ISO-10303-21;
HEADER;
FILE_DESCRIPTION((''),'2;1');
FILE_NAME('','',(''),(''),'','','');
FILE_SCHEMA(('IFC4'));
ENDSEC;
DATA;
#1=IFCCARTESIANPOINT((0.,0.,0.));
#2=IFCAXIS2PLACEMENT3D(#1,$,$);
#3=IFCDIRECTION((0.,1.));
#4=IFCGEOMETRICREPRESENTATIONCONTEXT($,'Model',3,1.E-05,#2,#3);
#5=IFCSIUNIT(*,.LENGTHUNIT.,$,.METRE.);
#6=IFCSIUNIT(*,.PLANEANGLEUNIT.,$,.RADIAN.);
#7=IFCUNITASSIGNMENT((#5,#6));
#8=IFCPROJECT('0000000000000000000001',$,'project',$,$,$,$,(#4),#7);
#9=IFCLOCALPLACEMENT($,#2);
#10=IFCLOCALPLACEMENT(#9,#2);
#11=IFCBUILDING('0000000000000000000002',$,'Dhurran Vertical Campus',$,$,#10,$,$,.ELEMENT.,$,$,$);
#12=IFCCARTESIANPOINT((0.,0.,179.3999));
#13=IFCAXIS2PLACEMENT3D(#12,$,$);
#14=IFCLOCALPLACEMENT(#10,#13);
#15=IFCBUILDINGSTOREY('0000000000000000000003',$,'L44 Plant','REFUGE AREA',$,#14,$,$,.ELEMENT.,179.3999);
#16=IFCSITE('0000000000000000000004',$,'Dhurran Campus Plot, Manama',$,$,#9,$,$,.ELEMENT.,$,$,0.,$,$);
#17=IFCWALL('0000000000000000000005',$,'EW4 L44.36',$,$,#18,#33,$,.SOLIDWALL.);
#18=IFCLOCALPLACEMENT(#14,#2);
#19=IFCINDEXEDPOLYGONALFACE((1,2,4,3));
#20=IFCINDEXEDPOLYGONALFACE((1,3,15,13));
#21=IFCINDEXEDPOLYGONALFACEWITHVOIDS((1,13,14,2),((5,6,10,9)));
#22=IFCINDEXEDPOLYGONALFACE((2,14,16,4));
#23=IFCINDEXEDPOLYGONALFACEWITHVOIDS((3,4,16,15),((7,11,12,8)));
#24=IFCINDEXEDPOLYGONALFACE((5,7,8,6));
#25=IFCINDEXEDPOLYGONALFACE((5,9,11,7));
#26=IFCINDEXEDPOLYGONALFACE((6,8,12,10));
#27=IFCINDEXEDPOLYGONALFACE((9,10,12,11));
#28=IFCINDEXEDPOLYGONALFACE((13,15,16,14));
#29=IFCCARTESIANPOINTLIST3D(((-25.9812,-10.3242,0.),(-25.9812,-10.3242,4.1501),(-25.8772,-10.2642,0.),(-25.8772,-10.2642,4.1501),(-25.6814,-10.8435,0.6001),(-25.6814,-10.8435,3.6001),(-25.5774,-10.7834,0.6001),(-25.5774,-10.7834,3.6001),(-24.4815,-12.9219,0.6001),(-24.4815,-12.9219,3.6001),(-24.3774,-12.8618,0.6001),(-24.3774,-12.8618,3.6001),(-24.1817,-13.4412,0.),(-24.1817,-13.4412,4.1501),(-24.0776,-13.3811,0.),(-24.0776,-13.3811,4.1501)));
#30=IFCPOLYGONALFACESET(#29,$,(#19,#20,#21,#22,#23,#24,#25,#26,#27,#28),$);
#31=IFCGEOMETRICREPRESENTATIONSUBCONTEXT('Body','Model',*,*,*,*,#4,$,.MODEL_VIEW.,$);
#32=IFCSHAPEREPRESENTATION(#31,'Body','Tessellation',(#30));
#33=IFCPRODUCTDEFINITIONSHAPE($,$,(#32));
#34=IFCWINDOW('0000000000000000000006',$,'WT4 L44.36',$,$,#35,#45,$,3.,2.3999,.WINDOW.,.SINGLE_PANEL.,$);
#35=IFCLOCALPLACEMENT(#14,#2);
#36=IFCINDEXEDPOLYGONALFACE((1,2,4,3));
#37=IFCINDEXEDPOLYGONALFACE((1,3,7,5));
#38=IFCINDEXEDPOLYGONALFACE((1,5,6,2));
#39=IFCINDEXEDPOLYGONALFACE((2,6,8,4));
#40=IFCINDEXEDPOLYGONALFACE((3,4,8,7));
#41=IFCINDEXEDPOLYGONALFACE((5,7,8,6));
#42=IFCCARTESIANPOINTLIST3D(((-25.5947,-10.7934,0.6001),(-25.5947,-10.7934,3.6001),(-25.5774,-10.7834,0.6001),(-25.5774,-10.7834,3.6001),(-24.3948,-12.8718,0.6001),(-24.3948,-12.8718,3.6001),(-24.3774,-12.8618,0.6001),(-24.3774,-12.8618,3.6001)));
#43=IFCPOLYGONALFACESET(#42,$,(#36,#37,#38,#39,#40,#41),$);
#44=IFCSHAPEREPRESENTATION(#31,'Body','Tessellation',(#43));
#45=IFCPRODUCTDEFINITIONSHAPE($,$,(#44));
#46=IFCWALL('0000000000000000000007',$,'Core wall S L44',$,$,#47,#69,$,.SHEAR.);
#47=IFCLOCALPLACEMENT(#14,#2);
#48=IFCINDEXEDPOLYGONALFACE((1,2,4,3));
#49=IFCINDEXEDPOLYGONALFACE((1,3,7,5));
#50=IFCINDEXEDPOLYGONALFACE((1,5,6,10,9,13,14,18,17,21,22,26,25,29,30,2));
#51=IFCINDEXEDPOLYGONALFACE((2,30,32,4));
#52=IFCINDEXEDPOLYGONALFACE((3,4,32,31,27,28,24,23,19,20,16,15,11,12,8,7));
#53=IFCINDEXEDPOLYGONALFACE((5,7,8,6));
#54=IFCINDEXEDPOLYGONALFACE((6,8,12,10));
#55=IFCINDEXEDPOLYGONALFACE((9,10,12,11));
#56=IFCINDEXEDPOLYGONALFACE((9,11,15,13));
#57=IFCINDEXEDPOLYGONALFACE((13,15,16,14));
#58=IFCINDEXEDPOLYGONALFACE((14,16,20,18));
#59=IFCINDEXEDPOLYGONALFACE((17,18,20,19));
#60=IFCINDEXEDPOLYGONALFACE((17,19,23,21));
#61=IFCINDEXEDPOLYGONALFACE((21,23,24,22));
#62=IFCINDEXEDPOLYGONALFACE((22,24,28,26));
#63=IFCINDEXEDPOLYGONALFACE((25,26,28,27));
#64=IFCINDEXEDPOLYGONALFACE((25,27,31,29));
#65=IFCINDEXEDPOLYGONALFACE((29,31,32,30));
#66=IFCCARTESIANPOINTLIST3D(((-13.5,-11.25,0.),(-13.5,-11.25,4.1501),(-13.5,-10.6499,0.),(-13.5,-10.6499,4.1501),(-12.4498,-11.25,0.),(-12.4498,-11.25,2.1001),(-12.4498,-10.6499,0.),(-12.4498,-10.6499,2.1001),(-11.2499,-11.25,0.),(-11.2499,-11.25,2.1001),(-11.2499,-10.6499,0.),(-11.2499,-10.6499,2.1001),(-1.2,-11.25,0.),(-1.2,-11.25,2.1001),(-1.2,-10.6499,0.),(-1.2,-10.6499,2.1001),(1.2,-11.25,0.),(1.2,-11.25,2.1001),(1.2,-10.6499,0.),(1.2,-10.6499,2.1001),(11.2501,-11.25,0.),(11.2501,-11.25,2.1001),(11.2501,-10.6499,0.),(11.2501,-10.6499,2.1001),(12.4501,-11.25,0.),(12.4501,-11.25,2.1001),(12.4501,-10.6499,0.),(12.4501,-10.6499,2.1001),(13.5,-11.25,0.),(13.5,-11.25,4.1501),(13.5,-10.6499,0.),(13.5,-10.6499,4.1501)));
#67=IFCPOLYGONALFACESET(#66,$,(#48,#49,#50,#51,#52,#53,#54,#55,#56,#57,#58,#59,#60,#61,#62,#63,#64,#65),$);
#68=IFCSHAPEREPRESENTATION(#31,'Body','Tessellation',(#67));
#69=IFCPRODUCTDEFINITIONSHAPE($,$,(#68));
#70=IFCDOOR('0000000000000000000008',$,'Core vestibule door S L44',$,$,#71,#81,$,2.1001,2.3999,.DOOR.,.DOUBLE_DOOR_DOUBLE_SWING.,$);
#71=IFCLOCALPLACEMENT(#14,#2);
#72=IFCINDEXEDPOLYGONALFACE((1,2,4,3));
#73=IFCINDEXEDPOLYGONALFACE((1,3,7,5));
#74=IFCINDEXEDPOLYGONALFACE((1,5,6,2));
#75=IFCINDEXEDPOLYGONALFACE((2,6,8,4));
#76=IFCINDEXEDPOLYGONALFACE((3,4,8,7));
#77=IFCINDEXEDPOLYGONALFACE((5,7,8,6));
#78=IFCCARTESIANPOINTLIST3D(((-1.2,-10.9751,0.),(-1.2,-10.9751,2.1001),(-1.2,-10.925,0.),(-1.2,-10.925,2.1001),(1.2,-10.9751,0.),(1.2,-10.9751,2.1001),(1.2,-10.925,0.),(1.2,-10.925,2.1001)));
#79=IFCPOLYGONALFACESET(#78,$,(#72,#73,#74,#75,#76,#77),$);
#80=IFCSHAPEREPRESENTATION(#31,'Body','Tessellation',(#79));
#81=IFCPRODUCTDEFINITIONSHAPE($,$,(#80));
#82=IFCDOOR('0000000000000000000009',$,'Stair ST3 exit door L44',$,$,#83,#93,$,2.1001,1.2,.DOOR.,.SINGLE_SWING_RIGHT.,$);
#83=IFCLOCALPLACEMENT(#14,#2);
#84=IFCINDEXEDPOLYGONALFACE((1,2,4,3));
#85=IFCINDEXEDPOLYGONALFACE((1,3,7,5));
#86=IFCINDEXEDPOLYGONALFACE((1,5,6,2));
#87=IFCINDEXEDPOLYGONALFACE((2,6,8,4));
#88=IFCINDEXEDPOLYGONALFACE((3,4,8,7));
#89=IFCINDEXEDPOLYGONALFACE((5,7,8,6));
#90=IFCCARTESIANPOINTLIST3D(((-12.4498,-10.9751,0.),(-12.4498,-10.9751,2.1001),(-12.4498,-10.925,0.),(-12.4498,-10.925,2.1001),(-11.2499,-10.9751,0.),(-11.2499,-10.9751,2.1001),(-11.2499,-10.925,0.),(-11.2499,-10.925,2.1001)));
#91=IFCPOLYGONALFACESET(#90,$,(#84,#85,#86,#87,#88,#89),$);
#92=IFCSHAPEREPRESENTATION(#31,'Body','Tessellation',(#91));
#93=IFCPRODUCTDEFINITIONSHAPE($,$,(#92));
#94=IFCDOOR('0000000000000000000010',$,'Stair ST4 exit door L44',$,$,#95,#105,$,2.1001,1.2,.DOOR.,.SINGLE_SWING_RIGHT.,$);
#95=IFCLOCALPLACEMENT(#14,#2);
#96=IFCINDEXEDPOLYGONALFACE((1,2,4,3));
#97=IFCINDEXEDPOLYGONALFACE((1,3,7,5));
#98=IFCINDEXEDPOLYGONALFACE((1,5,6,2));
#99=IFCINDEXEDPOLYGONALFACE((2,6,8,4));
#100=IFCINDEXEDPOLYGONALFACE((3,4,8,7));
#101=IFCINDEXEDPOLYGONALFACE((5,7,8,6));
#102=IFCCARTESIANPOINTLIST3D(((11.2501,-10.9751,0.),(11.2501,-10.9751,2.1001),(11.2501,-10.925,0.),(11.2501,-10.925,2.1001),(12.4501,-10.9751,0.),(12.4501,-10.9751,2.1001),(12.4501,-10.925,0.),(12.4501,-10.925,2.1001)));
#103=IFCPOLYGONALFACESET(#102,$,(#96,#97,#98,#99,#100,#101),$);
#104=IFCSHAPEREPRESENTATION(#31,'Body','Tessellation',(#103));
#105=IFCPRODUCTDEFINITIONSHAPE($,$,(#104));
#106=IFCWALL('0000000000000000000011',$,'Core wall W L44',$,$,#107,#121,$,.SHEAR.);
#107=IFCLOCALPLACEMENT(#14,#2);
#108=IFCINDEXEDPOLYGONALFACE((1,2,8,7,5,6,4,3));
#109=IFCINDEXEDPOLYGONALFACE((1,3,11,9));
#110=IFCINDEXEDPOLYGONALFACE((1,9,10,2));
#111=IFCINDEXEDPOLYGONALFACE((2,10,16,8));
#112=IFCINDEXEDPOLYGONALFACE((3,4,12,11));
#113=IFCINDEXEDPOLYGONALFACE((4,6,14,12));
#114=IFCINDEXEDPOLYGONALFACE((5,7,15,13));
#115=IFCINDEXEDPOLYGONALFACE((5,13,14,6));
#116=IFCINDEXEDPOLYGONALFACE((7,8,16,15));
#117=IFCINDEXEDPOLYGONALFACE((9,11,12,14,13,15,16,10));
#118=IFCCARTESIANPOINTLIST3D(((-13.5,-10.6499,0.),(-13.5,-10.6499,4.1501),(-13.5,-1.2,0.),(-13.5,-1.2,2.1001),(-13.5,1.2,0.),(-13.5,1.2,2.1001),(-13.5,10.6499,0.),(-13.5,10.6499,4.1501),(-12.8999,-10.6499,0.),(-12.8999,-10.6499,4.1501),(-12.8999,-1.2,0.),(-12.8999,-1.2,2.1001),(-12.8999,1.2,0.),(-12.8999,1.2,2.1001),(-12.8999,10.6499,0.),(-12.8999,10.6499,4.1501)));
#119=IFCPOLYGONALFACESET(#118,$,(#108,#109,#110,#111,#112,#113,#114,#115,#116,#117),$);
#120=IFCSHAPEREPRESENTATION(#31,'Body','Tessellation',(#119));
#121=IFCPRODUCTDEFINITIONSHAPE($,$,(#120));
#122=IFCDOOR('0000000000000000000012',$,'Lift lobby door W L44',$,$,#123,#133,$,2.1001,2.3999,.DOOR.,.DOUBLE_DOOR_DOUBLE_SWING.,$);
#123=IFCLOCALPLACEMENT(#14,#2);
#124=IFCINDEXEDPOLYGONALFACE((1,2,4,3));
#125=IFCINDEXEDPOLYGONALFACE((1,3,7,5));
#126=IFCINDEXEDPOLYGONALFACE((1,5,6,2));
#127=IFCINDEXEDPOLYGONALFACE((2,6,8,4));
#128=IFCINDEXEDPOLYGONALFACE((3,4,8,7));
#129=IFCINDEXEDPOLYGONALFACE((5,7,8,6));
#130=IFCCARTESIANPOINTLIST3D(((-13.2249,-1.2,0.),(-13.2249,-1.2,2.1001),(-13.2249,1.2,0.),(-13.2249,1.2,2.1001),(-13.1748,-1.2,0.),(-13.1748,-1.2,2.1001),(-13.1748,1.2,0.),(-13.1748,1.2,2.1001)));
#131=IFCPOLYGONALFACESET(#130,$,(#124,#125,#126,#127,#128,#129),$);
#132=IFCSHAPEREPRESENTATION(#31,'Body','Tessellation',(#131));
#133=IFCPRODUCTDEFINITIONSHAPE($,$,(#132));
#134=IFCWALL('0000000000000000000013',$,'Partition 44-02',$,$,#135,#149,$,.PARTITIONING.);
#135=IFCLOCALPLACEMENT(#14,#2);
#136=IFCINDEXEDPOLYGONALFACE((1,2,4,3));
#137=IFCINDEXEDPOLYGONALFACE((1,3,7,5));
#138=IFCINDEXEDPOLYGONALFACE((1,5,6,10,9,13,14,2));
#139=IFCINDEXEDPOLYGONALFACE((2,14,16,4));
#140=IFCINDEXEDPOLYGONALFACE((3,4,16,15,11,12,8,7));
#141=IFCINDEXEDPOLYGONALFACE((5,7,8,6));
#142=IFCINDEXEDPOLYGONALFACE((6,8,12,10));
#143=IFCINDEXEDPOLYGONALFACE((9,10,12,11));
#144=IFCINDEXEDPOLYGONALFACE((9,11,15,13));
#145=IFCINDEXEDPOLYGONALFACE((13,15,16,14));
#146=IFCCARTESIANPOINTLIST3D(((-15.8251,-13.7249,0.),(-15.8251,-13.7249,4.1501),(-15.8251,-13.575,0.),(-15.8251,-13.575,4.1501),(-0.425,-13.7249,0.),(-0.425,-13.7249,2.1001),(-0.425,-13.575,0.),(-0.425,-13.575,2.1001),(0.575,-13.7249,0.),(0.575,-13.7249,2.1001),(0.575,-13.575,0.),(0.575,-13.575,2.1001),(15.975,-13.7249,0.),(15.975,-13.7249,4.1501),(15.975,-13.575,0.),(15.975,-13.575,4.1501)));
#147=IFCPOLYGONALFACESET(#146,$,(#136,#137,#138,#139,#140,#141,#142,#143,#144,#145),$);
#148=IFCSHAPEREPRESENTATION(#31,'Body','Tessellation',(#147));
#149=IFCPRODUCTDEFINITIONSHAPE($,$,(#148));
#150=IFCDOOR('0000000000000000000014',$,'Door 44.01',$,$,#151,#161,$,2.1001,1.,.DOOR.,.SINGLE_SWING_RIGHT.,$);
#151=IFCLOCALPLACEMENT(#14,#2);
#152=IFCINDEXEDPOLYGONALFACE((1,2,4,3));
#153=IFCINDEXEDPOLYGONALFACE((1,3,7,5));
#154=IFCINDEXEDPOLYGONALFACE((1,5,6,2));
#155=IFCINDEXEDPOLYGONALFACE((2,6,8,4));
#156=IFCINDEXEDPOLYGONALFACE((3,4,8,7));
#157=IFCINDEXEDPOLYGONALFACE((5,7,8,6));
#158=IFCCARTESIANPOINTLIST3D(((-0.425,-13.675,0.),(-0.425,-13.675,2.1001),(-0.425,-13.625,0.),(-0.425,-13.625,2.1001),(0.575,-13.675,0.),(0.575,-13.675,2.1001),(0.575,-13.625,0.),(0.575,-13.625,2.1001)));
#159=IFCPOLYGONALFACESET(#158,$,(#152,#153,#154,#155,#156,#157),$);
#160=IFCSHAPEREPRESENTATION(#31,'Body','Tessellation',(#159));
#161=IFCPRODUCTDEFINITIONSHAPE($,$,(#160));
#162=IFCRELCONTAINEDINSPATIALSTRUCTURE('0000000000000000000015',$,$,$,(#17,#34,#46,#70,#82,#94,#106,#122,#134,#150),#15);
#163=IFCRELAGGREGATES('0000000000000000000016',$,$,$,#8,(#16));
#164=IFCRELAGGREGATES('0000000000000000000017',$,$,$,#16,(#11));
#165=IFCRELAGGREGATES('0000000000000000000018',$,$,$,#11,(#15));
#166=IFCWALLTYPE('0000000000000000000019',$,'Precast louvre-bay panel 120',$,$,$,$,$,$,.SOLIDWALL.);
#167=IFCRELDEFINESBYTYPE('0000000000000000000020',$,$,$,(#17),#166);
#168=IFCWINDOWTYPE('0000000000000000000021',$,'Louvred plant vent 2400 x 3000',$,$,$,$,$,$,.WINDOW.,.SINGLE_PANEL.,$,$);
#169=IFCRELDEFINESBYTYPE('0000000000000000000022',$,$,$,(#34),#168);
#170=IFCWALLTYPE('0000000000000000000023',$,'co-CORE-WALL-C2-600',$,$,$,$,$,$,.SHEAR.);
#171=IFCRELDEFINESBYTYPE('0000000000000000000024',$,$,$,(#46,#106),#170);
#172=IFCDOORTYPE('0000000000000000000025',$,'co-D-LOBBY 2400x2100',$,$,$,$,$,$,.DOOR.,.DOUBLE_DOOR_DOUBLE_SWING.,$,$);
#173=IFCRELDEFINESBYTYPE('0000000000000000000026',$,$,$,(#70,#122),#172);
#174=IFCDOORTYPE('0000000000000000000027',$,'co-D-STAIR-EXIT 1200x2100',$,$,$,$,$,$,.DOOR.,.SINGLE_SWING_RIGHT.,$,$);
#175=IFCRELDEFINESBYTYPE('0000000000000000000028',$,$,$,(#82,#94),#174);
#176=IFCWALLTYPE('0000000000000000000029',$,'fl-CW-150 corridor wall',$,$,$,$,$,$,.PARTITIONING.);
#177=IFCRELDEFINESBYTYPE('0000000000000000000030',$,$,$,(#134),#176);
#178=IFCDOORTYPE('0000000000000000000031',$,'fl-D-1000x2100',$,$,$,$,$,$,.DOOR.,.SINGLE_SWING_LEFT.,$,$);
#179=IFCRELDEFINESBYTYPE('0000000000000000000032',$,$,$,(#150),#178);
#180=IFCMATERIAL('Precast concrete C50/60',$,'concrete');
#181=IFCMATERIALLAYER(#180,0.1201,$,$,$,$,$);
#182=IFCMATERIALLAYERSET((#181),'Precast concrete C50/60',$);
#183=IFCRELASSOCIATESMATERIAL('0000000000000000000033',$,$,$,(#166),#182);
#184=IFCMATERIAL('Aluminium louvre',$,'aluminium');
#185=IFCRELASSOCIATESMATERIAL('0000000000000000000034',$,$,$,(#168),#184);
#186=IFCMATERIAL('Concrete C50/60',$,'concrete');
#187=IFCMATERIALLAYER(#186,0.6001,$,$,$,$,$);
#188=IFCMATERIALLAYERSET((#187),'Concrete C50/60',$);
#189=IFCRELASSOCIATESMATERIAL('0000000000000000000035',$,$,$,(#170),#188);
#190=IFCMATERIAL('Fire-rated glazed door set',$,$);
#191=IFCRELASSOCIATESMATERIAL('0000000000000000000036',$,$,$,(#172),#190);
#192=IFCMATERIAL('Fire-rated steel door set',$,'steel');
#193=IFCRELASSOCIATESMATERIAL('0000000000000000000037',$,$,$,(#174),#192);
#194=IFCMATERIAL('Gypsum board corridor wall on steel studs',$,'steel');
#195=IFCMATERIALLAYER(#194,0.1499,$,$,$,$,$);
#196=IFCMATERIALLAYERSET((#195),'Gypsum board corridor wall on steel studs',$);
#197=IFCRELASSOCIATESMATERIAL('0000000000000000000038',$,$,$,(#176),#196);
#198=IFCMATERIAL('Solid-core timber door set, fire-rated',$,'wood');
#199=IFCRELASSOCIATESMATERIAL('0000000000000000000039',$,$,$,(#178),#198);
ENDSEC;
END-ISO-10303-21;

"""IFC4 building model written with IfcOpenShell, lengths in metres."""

from ifc_helpers import new_model, si_unit, direction, frame, frame_2d, origin, place, context, subcontext, project, spatial, rectangle, extrude, material, layer, layer_set, type_object, element, fill, save


model = new_model("IFC4")

# Units and contexts
model_context = context("Model", 3, precision=1e-05, world=origin(), true_north=direction((0.0, 1.0)))
body_context = subcontext(model_context, "Body", "Model", "MODEL_VIEW")
ifc_project = project(units=[si_unit("LENGTHUNIT", "METRE"), si_unit("PLANEANGLEUNIT", "RADIAN")], contexts=[model_context])

# Site, building, storey
site_placement = place(None, origin())
site = spatial("IfcSite", under=ifc_project, at=site_placement, Name="Dhurran Campus Plot, Manama", CompositionType="ELEMENT", RefElevation=0.0)
building_placement = place(site_placement, origin())
building = spatial("IfcBuilding", under=site, at=building_placement, Name="Dhurran Vertical Campus", CompositionType="ELEMENT")
storey_placement = place(building_placement, frame((0.0, 0.0, 179.3999)))
storey = spatial("IfcBuildingStorey", under=building, at=storey_placement, Name="L44 Plant", Description="REFUGE AREA", CompositionType="ELEMENT", Elevation=179.3999)

# Wall, opening, window
ifc_material_1 = material(Name="Precast concrete C50/60", Category="concrete")
ifc_layer_1 = layer(ifc_material_1, 0.1201)
ifc_layer_set_1 = layer_set([ifc_layer_1], Name="Precast concrete C50/60")
wall_type_1 = type_object("IfcWallType", Name="Precast louvre-bay panel 120", PredefinedType="SOLIDWALL", material=ifc_layer_set_1)
wall_1_placement = place(storey_placement, frame((-25.9292, -10.2942, 0.0), z_axis=(0.0, 0.0, 1.0), x_axis=(0.499998, -0.866026, 0.0)))
wall_1 = element("IfcWall", 1, at=wall_1_placement, inside=storey, type_object=wall_type_1, Name="EW4 L44.36", PredefinedType="SOLIDWALL", context=body_context, shape_type="SweptSolid", body=[
    extrude(rectangle(XDim=3.5991, YDim=0.1201, at=frame_2d((1.7996, 0.0))), origin(), (0.0, 0.0, 1.0), 4.1501),
])
opening_1_placement = place(wall_1_placement, frame((0.5996, 0.0, 0.6001)))
opening_1 = element("IfcOpeningElement", 2, at=opening_1_placement, cuts=wall_1, PredefinedType="OPENING", context=body_context, shape_type="SweptSolid", body=[
    extrude(rectangle(XDim=2.3999, YDim=3.0, at=frame_2d((1.2, 1.5))), frame((0.0, 0.0701, 0.0), z_axis=(0.0, -1.0, 0.0), x_axis=(1.0, 0.0, 0.0)), (0.0, 0.0, 1.0), 0.1401),
])
ifc_material_2 = material(Name="Aluminium louvre", Category="aluminium")
window_type = type_object("IfcWindowType", Name="Louvred plant vent 2400 x 3000", PartitioningType="SINGLE_PANEL", PredefinedType="WINDOW", material=ifc_material_2)
window_placement = place(opening_1_placement, origin())
window = element("IfcWindow", 3, at=window_placement, inside=storey, type_object=window_type, Name="WT4 L44.36", OverallHeight=3.0, OverallWidth=2.3999, PartitioningType="SINGLE_PANEL", PredefinedType="WINDOW", context=body_context, shape_type="SweptSolid", body=[
    extrude(rectangle(XDim=2.3999, YDim=3.0, at=frame_2d((1.2, 1.5))), frame((0.0, 0.0601, 0.0), z_axis=(0.0, -1.0, 0.0), x_axis=(1.0, 0.0, 0.0)), (0.0, 0.0, 1.0), 0.02),
])
fill(opening_1, window)

# Wall, openings, doors
ifc_material_3 = material(Name="Concrete C50/60", Category="concrete")
ifc_layer_2 = layer(ifc_material_3, 0.6001)
ifc_layer_set_2 = layer_set([ifc_layer_2], Name="Concrete C50/60")
wall_type_2 = type_object("IfcWallType", Name="co-CORE-WALL-C2-600", PredefinedType="SHEAR", material=ifc_layer_set_2)
wall_2_placement = place(storey_placement, frame((-13.5, -10.95, 0.0), z_axis=(0.0, 0.0, 1.0), x_axis=(1.0, 0.0, 0.0)))
wall_2 = element("IfcWall", 4, at=wall_2_placement, inside=storey, type_object=wall_type_2, Name="Core wall S L44", PredefinedType="SHEAR", context=body_context, shape_type="SweptSolid", body=[
    extrude(rectangle(XDim=27.0, YDim=0.6001, at=frame_2d((13.5, 0.0))), origin(), (0.0, 0.0, 1.0), 4.1501),
])
opening_2_placement = place(wall_2_placement, frame((12.3, 0.0, 0.0)))
opening_2 = element("IfcOpeningElement", 5, at=opening_2_placement, cuts=wall_2, PredefinedType="OPENING", context=body_context, shape_type="SweptSolid", body=[
    extrude(rectangle(XDim=2.3999, YDim=2.1001, at=frame_2d((1.2, 1.05))), frame((0.0, 0.3101, 0.0), z_axis=(0.0, -1.0, 0.0), x_axis=(1.0, 0.0, 0.0)), (0.0, 0.0, 1.0), 0.6201),
])
opening_3_placement = place(wall_2_placement, frame((1.05, 0.0, 0.0)))
opening_3 = element("IfcOpeningElement", 6, at=opening_3_placement, cuts=wall_2, PredefinedType="OPENING", context=body_context, shape_type="SweptSolid", body=[
    extrude(rectangle(XDim=1.2, YDim=2.1001, at=frame_2d((0.6001, 1.05))), frame((0.0, 0.3101, 0.0), z_axis=(0.0, -1.0, 0.0), x_axis=(1.0, 0.0, 0.0)), (0.0, 0.0, 1.0), 0.6201),
])
opening_4_placement = place(wall_2_placement, frame((24.75, 0.0, 0.0)))
opening_4 = element("IfcOpeningElement", 7, at=opening_4_placement, cuts=wall_2, PredefinedType="OPENING", context=body_context, shape_type="SweptSolid", body=[
    extrude(rectangle(XDim=1.2, YDim=2.1001, at=frame_2d((0.6001, 1.05))), frame((0.0, 0.3101, 0.0), z_axis=(0.0, -1.0, 0.0), x_axis=(1.0, 0.0, 0.0)), (0.0, 0.0, 1.0), 0.6201),
])
ifc_material_4 = material(Name="Fire-rated glazed door set")
door_type_1 = type_object("IfcDoorType", Name="co-D-LOBBY 2400x2100", OperationType="DOUBLE_DOOR_DOUBLE_SWING", PredefinedType="DOOR", material=ifc_material_4)
door_1_placement = place(opening_2_placement, origin())
door_1 = element("IfcDoor", 8, at=door_1_placement, inside=storey, type_object=door_type_1, Name="Core vestibule door S L44", OperationType="DOUBLE_DOOR_DOUBLE_SWING", OverallHeight=2.1001, OverallWidth=2.3999, PredefinedType="DOOR", context=body_context, shape_type="SweptSolid", body=[
    extrude(rectangle(XDim=2.3999, YDim=2.1001, at=frame_2d((1.2, 1.05))), frame((0.0, 0.0249, 0.0), z_axis=(0.0, -1.0, 0.0), x_axis=(1.0, 0.0, 0.0)), (0.0, 0.0, 1.0), 0.05),
])
fill(opening_2, door_1)
ifc_material_5 = material(Name="Fire-rated steel door set", Category="steel")
door_type_2 = type_object("IfcDoorType", Name="co-D-STAIR-EXIT 1200x2100", OperationType="SINGLE_SWING_RIGHT", PredefinedType="DOOR", material=ifc_material_5)
door_2_placement = place(opening_3_placement, origin())
door_2 = element("IfcDoor", 9, at=door_2_placement, inside=storey, type_object=door_type_2, Name="Stair ST3 exit door L44", OperationType="SINGLE_SWING_RIGHT", OverallHeight=2.1001, OverallWidth=1.2, PredefinedType="DOOR", context=body_context, shape_type="SweptSolid", body=[
    extrude(rectangle(XDim=1.2, YDim=2.1001, at=frame_2d((0.6001, 1.05))), frame((0.0, 0.0249, 0.0), z_axis=(0.0, -1.0, 0.0), x_axis=(1.0, 0.0, 0.0)), (0.0, 0.0, 1.0), 0.05),
])
fill(opening_3, door_2)
door_3_placement = place(opening_4_placement, origin())
door_3 = element("IfcDoor", 10, at=door_3_placement, inside=storey, type_object=door_type_2, Name="Stair ST4 exit door L44", OperationType="SINGLE_SWING_RIGHT", OverallHeight=2.1001, OverallWidth=1.2, PredefinedType="DOOR", context=body_context, shape_type="SweptSolid", body=[
    extrude(rectangle(XDim=1.2, YDim=2.1001, at=frame_2d((0.6001, 1.05))), frame((0.0, 0.0249, 0.0), z_axis=(0.0, -1.0, 0.0), x_axis=(1.0, 0.0, 0.0)), (0.0, 0.0, 1.0), 0.05),
])
fill(opening_4, door_3)

# Walls, openings, doors
wall_3_placement = place(storey_placement, frame((-13.2, -10.6499, 0.0), z_axis=(0.0, 0.0, 1.0), x_axis=(0.0, 1.0, 0.0)))
wall_3 = element("IfcWall", 11, at=wall_3_placement, inside=storey, type_object=wall_type_2, Name="Core wall W L44", PredefinedType="SHEAR", context=body_context, shape_type="SweptSolid", body=[
    extrude(rectangle(XDim=21.2998, YDim=0.6001, at=frame_2d((10.6499, 0.0))), origin(), (0.0, 0.0, 1.0), 4.1501),
])
opening_5_placement = place(wall_3_placement, frame((9.45, 0.0, 0.0)))
opening_5 = element("IfcOpeningElement", 12, at=opening_5_placement, cuts=wall_3, PredefinedType="OPENING", context=body_context, shape_type="SweptSolid", body=[
    extrude(rectangle(XDim=2.3999, YDim=2.1001, at=frame_2d((1.2, 1.05))), frame((0.0, 0.3101, 0.0), z_axis=(0.0, -1.0, 0.0), x_axis=(1.0, 0.0, 0.0)), (0.0, 0.0, 1.0), 0.6201),
])
door_4_placement = place(opening_5_placement, origin())
door_4 = element("IfcDoor", 13, at=door_4_placement, inside=storey, type_object=door_type_1, Name="Lift lobby door W L44", OperationType="DOUBLE_DOOR_DOUBLE_SWING", OverallHeight=2.1001, OverallWidth=2.3999, PredefinedType="DOOR", context=body_context, shape_type="SweptSolid", body=[
    extrude(rectangle(XDim=2.3999, YDim=2.1001, at=frame_2d((1.2, 1.05))), frame((0.0, 0.0249, 0.0), z_axis=(0.0, -1.0, 0.0), x_axis=(1.0, 0.0, 0.0)), (0.0, 0.0, 1.0), 0.05),
])
fill(opening_5, door_4)
ifc_material_6 = material(Name="Gypsum board corridor wall on steel studs", Category="steel")
ifc_layer_3 = layer(ifc_material_6, 0.1499)
ifc_layer_set_3 = layer_set([ifc_layer_3], Name="Gypsum board corridor wall on steel studs")
wall_type_3 = type_object("IfcWallType", Name="fl-CW-150 corridor wall", PredefinedType="PARTITIONING", material=ifc_layer_set_3)
wall_4_placement = place(storey_placement, frame((-15.825, -13.6499, 0.0), z_axis=(0.0, 0.0, 1.0), x_axis=(1.0, 0.0, 0.0)))
wall_4 = element("IfcWall", 14, at=wall_4_placement, inside=storey, type_object=wall_type_3, Name="Partition 44-02", PredefinedType="PARTITIONING", context=body_context, shape_type="SweptSolid", body=[
    extrude(rectangle(XDim=31.8, YDim=0.1499, at=frame_2d((15.8999, 0.0))), origin(), (0.0, 0.0, 1.0), 4.1501),
])
opening_6_placement = place(wall_4_placement, frame((15.3999, 0.0, 0.0)))
opening_6 = element("IfcOpeningElement", 15, at=opening_6_placement, cuts=wall_4, PredefinedType="OPENING", context=body_context, shape_type="SweptSolid", body=[
    extrude(rectangle(XDim=1.0, YDim=2.1001, at=frame_2d((0.5, 1.05))), frame((0.0, 0.085, 0.0), z_axis=(0.0, -1.0, 0.0), x_axis=(1.0, 0.0, 0.0)), (0.0, 0.0, 1.0), 0.1699),
])
ifc_material_7 = material(Name="Solid-core timber door set, fire-rated", Category="wood")
door_type_3 = type_object("IfcDoorType", Name="fl-D-1000x2100", OperationType="SINGLE_SWING_LEFT", PredefinedType="DOOR", material=ifc_material_7)
door_5_placement = place(opening_6_placement, origin())
door_5 = element("IfcDoor", 16, at=door_5_placement, inside=storey, type_object=door_type_3, Name="Door 44.01", OperationType="SINGLE_SWING_RIGHT", OverallHeight=2.1001, OverallWidth=1.0, PredefinedType="DOOR", context=body_context, shape_type="SweptSolid", body=[
    extrude(rectangle(XDim=1.0, YDim=2.1001, at=frame_2d((0.5, 1.05))), frame((0.0, 0.0249, 0.0), z_axis=(0.0, -1.0, 0.0), x_axis=(1.0, 0.0, 0.0)), (0.0, 0.0, 1.0), 0.05),
])
fill(opening_6, door_5)

save(model, "model.ifc")
